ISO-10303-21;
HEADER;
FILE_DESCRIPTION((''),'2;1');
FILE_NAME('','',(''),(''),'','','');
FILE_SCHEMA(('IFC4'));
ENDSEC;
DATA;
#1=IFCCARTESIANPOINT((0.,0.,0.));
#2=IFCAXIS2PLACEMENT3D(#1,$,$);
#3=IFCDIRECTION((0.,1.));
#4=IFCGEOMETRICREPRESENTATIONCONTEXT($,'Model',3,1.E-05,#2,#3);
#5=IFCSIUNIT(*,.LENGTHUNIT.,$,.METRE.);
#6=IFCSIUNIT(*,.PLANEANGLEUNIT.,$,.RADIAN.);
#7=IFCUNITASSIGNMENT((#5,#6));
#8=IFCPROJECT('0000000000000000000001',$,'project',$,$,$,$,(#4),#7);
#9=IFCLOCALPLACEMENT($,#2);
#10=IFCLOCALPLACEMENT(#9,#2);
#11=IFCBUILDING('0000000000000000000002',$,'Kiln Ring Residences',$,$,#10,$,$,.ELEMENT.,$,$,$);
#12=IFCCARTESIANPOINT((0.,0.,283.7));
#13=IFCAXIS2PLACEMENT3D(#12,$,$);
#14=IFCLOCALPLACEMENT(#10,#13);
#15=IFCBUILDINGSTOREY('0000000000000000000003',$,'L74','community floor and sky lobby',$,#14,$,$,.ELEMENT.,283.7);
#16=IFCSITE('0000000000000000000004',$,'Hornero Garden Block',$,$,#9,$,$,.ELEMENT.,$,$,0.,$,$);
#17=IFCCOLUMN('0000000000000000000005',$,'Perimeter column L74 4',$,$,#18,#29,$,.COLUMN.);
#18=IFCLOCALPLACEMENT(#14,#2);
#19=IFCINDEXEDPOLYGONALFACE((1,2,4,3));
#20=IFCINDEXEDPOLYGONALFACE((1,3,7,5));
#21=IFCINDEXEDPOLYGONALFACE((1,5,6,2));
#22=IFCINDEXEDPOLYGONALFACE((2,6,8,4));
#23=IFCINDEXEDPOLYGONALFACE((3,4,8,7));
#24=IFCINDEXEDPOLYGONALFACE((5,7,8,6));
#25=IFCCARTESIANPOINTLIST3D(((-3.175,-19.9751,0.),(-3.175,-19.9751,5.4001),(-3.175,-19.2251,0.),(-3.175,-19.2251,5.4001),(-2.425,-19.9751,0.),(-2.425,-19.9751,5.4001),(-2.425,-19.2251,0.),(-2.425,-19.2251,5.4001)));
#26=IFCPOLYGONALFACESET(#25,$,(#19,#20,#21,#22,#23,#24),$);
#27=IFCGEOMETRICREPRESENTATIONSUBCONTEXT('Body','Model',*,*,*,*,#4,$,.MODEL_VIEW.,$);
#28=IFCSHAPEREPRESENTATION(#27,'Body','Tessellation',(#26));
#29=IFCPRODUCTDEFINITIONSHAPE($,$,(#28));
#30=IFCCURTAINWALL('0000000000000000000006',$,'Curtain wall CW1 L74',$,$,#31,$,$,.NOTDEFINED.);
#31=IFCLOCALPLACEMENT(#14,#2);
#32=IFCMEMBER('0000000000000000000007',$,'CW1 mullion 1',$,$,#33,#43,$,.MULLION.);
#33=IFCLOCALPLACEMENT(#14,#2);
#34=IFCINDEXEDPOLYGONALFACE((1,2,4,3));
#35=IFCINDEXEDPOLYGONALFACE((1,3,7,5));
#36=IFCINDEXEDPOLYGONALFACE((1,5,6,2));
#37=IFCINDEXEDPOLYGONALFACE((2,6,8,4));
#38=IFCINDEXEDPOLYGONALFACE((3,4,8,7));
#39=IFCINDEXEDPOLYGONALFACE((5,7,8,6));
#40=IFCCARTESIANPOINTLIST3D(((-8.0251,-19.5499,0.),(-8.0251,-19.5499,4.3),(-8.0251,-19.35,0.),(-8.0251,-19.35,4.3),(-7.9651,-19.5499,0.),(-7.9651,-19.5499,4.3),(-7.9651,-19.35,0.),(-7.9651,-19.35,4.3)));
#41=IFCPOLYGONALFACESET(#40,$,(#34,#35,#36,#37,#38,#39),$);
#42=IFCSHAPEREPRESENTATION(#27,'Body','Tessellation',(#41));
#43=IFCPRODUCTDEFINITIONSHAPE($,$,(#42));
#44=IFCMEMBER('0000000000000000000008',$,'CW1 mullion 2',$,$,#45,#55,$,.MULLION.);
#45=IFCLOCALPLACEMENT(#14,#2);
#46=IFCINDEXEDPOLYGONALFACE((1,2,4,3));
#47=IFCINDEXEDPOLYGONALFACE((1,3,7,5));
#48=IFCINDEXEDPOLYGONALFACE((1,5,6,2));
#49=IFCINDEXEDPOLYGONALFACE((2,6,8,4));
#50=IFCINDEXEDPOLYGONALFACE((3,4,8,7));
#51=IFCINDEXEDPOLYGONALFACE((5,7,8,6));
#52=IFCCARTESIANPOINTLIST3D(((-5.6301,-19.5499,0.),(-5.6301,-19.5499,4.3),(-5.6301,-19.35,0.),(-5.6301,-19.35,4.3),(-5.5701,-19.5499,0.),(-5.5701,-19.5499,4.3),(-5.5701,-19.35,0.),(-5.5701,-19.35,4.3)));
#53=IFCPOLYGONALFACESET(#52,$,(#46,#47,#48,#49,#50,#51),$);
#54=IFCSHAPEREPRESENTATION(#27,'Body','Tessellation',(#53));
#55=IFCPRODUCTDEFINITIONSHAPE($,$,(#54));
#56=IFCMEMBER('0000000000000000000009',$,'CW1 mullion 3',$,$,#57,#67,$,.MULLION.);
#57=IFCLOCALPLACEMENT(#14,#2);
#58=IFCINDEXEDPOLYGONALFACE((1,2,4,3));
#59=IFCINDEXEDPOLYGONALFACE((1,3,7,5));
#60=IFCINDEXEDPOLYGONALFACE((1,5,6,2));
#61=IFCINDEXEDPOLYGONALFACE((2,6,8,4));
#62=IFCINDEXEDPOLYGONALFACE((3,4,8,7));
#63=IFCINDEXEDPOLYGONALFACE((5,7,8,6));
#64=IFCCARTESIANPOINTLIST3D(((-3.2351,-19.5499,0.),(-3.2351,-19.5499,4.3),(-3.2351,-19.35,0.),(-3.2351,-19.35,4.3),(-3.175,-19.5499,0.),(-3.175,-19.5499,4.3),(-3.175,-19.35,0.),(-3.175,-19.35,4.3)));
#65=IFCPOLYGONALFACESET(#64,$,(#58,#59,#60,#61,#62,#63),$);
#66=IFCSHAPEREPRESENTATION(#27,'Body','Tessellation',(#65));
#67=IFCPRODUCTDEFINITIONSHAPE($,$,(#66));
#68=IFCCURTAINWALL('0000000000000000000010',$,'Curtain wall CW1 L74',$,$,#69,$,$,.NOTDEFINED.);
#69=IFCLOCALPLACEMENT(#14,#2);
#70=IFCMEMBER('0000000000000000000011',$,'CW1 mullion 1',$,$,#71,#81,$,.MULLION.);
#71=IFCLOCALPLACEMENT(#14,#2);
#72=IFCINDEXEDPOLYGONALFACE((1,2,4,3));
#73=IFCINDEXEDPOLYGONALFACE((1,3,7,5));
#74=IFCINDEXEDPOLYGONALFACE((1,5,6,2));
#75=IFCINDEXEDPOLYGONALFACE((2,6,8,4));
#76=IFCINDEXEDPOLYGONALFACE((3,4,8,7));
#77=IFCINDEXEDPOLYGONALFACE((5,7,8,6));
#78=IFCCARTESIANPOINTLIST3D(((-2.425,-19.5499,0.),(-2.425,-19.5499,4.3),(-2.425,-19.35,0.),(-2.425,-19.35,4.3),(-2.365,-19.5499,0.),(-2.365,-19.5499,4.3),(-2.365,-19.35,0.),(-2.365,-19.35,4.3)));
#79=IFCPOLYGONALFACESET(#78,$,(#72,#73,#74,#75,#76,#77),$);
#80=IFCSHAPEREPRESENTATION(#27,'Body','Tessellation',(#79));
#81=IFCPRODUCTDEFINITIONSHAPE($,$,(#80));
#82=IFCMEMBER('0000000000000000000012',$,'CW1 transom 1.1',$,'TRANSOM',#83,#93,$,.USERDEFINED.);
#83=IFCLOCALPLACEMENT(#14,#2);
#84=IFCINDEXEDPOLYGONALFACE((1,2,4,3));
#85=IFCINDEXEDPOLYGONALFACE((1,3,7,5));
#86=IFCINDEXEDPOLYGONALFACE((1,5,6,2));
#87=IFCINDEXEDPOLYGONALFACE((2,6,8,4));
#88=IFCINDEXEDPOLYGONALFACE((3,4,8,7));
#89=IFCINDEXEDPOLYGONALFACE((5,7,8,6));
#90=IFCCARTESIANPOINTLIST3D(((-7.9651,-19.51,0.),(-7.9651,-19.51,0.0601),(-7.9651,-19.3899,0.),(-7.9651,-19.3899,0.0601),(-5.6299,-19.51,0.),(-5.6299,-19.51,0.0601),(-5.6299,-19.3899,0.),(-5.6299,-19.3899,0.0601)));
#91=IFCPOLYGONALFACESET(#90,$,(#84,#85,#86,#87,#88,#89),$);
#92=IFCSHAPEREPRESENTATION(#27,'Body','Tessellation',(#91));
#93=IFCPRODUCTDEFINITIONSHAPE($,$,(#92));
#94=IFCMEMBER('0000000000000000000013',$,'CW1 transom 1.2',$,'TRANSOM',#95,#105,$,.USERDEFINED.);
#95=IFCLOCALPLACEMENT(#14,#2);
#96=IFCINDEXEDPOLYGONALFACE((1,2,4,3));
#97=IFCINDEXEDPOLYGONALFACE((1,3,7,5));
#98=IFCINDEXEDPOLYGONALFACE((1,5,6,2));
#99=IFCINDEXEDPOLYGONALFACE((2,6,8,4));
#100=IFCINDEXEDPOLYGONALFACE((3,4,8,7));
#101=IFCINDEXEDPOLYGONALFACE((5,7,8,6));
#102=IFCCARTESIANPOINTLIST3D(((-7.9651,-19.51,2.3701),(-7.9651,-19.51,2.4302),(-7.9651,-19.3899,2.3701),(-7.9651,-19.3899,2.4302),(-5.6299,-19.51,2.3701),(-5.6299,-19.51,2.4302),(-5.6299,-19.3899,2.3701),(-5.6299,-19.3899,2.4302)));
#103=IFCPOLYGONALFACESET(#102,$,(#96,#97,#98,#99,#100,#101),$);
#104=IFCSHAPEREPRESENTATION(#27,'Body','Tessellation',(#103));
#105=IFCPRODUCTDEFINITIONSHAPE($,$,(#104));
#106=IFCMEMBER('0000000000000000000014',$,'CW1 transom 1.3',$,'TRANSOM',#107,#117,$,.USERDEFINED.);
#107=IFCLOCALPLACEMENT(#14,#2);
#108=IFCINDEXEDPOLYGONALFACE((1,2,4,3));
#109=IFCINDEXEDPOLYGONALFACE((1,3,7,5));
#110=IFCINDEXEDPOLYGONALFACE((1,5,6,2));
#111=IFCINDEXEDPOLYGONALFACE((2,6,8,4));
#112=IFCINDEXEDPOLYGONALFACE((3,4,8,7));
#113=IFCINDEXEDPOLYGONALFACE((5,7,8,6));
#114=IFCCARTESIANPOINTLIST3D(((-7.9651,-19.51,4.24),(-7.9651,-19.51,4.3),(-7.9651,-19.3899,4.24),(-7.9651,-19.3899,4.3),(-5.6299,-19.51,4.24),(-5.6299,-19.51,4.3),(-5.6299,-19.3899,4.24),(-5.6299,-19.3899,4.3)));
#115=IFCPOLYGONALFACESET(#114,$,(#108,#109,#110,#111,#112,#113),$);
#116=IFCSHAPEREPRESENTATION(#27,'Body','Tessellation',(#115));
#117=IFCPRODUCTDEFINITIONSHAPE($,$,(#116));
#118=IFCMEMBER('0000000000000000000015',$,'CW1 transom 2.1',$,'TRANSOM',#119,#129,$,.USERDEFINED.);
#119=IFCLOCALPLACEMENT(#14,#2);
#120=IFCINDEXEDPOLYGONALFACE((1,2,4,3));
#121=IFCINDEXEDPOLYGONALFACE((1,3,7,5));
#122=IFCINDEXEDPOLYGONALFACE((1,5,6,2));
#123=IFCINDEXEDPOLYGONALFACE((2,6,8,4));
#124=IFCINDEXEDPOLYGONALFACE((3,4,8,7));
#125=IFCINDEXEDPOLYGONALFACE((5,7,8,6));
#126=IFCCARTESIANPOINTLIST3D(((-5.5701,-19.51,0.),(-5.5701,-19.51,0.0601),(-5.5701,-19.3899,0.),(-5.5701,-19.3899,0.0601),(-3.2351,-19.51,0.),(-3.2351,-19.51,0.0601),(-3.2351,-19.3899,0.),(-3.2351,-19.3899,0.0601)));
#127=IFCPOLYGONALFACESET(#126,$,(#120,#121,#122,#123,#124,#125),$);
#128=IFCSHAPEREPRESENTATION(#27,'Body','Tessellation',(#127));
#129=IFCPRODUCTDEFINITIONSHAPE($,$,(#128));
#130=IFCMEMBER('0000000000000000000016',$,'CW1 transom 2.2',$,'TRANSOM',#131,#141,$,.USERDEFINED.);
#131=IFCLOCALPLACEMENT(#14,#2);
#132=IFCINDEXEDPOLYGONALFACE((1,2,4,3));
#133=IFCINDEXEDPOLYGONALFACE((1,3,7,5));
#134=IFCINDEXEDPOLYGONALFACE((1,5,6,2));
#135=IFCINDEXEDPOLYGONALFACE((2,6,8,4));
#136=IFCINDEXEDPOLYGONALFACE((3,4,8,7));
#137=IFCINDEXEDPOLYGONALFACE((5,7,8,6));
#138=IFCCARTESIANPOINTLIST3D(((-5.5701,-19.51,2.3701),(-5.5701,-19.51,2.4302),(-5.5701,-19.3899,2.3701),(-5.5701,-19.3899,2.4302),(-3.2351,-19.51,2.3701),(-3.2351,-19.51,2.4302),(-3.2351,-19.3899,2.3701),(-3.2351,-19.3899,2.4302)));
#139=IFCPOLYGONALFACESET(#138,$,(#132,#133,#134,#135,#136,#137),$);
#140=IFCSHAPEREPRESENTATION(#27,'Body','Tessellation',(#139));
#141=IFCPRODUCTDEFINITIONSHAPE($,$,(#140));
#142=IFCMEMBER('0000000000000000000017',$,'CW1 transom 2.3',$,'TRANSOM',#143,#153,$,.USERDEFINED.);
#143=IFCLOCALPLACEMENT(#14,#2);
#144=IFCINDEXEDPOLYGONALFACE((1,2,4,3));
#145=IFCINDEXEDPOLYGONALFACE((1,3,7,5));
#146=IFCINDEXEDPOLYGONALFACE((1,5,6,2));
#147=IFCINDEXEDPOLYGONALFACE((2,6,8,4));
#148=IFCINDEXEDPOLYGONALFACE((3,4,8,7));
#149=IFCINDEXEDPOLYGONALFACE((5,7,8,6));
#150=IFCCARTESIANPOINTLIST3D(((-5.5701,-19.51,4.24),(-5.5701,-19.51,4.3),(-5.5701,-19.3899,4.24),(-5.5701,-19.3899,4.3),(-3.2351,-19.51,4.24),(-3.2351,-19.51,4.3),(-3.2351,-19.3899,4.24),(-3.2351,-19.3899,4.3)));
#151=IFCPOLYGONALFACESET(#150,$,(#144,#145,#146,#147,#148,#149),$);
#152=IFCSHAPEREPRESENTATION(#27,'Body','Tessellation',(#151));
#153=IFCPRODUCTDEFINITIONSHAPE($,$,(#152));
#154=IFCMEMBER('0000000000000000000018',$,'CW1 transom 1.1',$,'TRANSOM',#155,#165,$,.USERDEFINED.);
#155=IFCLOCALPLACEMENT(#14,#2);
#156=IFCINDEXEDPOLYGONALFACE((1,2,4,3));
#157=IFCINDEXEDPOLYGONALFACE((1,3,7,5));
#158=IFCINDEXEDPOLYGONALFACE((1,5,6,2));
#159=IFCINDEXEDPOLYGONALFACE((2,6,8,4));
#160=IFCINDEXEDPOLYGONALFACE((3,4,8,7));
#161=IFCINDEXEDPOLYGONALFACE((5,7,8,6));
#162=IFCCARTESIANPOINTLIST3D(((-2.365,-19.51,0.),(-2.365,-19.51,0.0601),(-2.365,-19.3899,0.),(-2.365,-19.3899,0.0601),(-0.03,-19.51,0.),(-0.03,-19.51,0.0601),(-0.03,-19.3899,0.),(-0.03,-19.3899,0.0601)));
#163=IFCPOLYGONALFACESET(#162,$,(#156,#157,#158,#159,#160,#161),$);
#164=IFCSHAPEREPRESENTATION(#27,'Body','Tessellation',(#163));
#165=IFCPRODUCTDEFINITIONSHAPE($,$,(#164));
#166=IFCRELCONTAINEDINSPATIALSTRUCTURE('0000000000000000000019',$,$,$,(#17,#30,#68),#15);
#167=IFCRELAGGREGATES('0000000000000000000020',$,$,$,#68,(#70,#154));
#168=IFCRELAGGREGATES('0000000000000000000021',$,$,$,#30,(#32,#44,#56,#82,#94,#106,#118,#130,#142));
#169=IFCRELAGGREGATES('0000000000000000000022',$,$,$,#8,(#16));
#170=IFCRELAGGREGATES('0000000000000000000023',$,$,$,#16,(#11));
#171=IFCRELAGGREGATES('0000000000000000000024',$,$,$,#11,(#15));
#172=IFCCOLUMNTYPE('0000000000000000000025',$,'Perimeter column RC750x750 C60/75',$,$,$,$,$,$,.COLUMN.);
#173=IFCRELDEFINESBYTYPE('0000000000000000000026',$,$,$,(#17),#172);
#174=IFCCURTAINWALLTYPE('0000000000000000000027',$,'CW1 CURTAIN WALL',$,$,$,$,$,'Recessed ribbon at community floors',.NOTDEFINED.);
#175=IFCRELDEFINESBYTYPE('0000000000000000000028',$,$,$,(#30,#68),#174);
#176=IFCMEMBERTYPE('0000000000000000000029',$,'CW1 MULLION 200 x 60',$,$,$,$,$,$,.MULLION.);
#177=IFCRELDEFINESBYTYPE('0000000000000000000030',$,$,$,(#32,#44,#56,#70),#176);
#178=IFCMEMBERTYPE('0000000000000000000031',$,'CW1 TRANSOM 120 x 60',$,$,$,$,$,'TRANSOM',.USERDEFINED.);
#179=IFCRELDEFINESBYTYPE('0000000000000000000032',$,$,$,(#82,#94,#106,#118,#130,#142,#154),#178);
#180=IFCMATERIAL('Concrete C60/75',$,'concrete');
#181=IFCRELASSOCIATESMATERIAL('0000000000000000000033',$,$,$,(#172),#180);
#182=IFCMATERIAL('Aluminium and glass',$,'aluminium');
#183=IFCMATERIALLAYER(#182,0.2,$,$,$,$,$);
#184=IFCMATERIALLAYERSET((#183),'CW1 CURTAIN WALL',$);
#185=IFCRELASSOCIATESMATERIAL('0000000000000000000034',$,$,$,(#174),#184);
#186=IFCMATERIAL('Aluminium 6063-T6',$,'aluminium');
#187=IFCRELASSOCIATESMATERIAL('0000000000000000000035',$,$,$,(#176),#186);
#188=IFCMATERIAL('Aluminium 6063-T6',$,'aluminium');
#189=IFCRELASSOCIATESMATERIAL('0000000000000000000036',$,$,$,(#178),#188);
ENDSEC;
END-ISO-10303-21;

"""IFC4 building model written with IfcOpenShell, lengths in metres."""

from ifc_helpers import new_model, si_unit, direction, frame, origin, origin_2d, place, context, subcontext, project, spatial, rectangle, extrude, material, layer, layer_set, material_profile, profile_set, type_object, element, aggregate, save


model = new_model("IFC4")

# Units and contexts
model_context = context("Model", 3, precision=1e-05, world=origin(), true_north=direction((0.0, 1.0)))
body_context = subcontext(model_context, "Body", "Model", "MODEL_VIEW")
ifc_project = project(units=[si_unit("LENGTHUNIT", "METRE"), si_unit("PLANEANGLEUNIT", "RADIAN")], contexts=[model_context])

# Site, building, storey
site_placement = place(None, origin())
site = spatial("IfcSite", under=ifc_project, at=site_placement, Name="Hornero Garden Block", CompositionType="ELEMENT", RefElevation=0.0)
building_placement = place(site_placement, origin())
building = spatial("IfcBuilding", under=site, at=building_placement, Name="Kiln Ring Residences", CompositionType="ELEMENT")
storey_placement = place(building_placement, frame((0.0, 0.0, 283.7)))
storey = spatial("IfcBuildingStorey", under=building, at=storey_placement, Name="L74", Description="community floor and sky lobby", CompositionType="ELEMENT", Elevation=283.7)

# Column
ifc_material_1 = material(Name="Concrete C60/75", Category="concrete")
ifc_material_profile_1 = material_profile(ifc_material_1, rectangle(XDim=0.75, YDim=0.75, at=origin_2d()), Name="RC750x750")
ifc_profile_set_1 = profile_set([ifc_material_profile_1], Name="Concrete C60/75")
column_type = type_object("IfcColumnType", Name="Perimeter column RC750x750 C60/75", PredefinedType="COLUMN", material=ifc_profile_set_1)
column_placement = place(storey_placement, frame((-2.8, -19.6001, 0.0), z_axis=(0.0, 0.0, 1.0), x_axis=(1.0, 0.0, 0.0)))
element("IfcColumn", 1, at=column_placement, inside=storey, type_object=column_type, Name="Perimeter column L74 4", PredefinedType="COLUMN", context=body_context, shape_type="SweptSolid", body=[
    extrude(rectangle(XDim=0.75, YDim=0.75, at=origin_2d()), origin(), (0.0, 0.0, 1.0), 5.4001),
])

# Curtain wall, members
ifc_material_2 = material(Name="Aluminium and glass", Category="aluminium")
ifc_layer_1 = layer(ifc_material_2, 0.2)
ifc_layer_set_1 = layer_set([ifc_layer_1], Name="CW1 CURTAIN WALL")
curtain_wall_type = type_object("IfcCurtainWallType", Name="CW1 CURTAIN WALL", ElementType="Recessed ribbon at community floors", PredefinedType="NOTDEFINED", material=ifc_layer_set_1)
placement = place(storey_placement, origin())
curtain_wall_1 = element("IfcCurtainWall", 2, at=placement, inside=storey, type_object=curtain_wall_type, Name="Curtain wall CW1 L74", PredefinedType="NOTDEFINED")
ifc_material_3 = material(Name="Aluminium 6063-T6", Category="aluminium")
ifc_material_profile_2 = material_profile(ifc_material_3, rectangle(XDim=0.2, YDim=0.0601, at=origin_2d()), Name="AL 200x60")
ifc_profile_set_2 = profile_set([ifc_material_profile_2], Name="Aluminium 6063-T6")
member_type_1 = type_object("IfcMemberType", Name="CW1 MULLION 200 x 60", PredefinedType="MULLION", material=ifc_profile_set_2)
member_1_placement = place(storey_placement, frame((-7.9951, -19.45, 0.0), z_axis=(0.0, 0.0, 1.0), x_axis=(0.0, 1.0, 0.0)))
member_1 = element("IfcMember", 3, at=member_1_placement, type_object=member_type_1, Name="CW1 mullion 1", PredefinedType="MULLION", context=body_context, shape_type="SweptSolid", body=[
    extrude(rectangle(XDim=0.2, YDim=0.0601, at=origin_2d()), origin(), (0.0, 0.0, 1.0), 4.3),
])
member_2_placement = place(storey_placement, frame((-5.6001, -19.45, 0.0), z_axis=(0.0, 0.0, 1.0), x_axis=(0.0, 1.0, 0.0)))
member_2 = element("IfcMember", 4, at=member_2_placement, type_object=member_type_1, Name="CW1 mullion 2", PredefinedType="MULLION", context=body_context, shape_type="SweptSolid", body=[
    extrude(rectangle(XDim=0.2, YDim=0.0601, at=origin_2d()), origin(), (0.0, 0.0, 1.0), 4.3),
])
member_3_placement = place(storey_placement, frame((-3.2051, -19.45, 0.0), z_axis=(0.0, 0.0, 1.0), x_axis=(0.0, 1.0, 0.0)))
member_3 = element("IfcMember", 5, at=member_3_placement, type_object=member_type_1, Name="CW1 mullion 3", PredefinedType="MULLION", context=body_context, shape_type="SweptSolid", body=[
    extrude(rectangle(XDim=0.2, YDim=0.0601, at=origin_2d()), origin(), (0.0, 0.0, 1.0), 4.3),
])

# Curtain wall, member
curtain_wall_2 = element("IfcCurtainWall", 6, at=placement, inside=storey, type_object=curtain_wall_type, Name="Curtain wall CW1 L74", PredefinedType="NOTDEFINED")
member_4_placement = place(storey_placement, frame((-2.395, -19.45, 0.0), z_axis=(0.0, 0.0, 1.0), x_axis=(0.0, 1.0, 0.0)))
member_4 = element("IfcMember", 7, at=member_4_placement, type_object=member_type_1, Name="CW1 mullion 1", PredefinedType="MULLION", context=body_context, shape_type="SweptSolid", body=[
    extrude(rectangle(XDim=0.2, YDim=0.0601, at=origin_2d()), origin(), (0.0, 0.0, 1.0), 4.3),
])

# Members
ifc_material_4 = material(Name="Aluminium 6063-T6", Category="aluminium")
ifc_material_profile_3 = material_profile(ifc_material_4, rectangle(XDim=0.1201, YDim=0.0601, at=origin_2d()), Name="AL 120x60")
ifc_profile_set_3 = profile_set([ifc_material_profile_3], Name="Aluminium 6063-T6")
member_type_2 = type_object("IfcMemberType", Name="CW1 TRANSOM 120 x 60", ElementType="TRANSOM", PredefinedType="USERDEFINED", material=ifc_profile_set_3)
member_5_placement = place(storey_placement, frame((-7.9651, -19.45, 0.03), z_axis=(1.0, 0.0, 0.0), x_axis=(0.0, 1.0, 0.0)))
member_5 = element("IfcMember", 8, at=member_5_placement, type_object=member_type_2, Name="CW1 transom 1.1", ObjectType="TRANSOM", PredefinedType="USERDEFINED", context=body_context, shape_type="SweptSolid", body=[
    extrude(rectangle(XDim=0.1201, YDim=0.0601, at=origin_2d()), origin(), (0.0, 0.0, 1.0), 2.3352),
])
member_6_placement = place(storey_placement, frame((-7.9651, -19.45, 2.4001), z_axis=(1.0, 0.0, 0.0), x_axis=(0.0, 1.0, 0.0)))
member_6 = element("IfcMember", 9, at=member_6_placement, type_object=member_type_2, Name="CW1 transom 1.2", ObjectType="TRANSOM", PredefinedType="USERDEFINED", context=body_context, shape_type="SweptSolid", body=[
    extrude(rectangle(XDim=0.1201, YDim=0.0601, at=origin_2d()), origin(), (0.0, 0.0, 1.0), 2.3352),
])
member_7_placement = place(storey_placement, frame((-7.9651, -19.45, 4.27), z_axis=(1.0, 0.0, 0.0), x_axis=(0.0, 1.0, 0.0)))
member_7 = element("IfcMember", 10, at=member_7_placement, type_object=member_type_2, Name="CW1 transom 1.3", ObjectType="TRANSOM", PredefinedType="USERDEFINED", context=body_context, shape_type="SweptSolid", body=[
    extrude(rectangle(XDim=0.1201, YDim=0.0601, at=origin_2d()), origin(), (0.0, 0.0, 1.0), 2.3352),
])
member_8_placement = place(storey_placement, frame((-5.5701, -19.45, 0.03), z_axis=(1.0, 0.0, 0.0), x_axis=(0.0, 1.0, 0.0)))
member_8 = element("IfcMember", 11, at=member_8_placement, type_object=member_type_2, Name="CW1 transom 2.1", ObjectType="TRANSOM", PredefinedType="USERDEFINED", context=body_context, shape_type="SweptSolid", body=[
    extrude(rectangle(XDim=0.1201, YDim=0.0601, at=origin_2d()), origin(), (0.0, 0.0, 1.0), 2.335),
])
member_9_placement = place(storey_placement, frame((-5.5701, -19.45, 2.4001), z_axis=(1.0, 0.0, 0.0), x_axis=(0.0, 1.0, 0.0)))
member_9 = element("IfcMember", 12, at=member_9_placement, type_object=member_type_2, Name="CW1 transom 2.2", ObjectType="TRANSOM", PredefinedType="USERDEFINED", context=body_context, shape_type="SweptSolid", body=[
    extrude(rectangle(XDim=0.1201, YDim=0.0601, at=origin_2d()), origin(), (0.0, 0.0, 1.0), 2.335),
])
member_10_placement = place(storey_placement, frame((-5.5701, -19.45, 4.27), z_axis=(1.0, 0.0, 0.0), x_axis=(0.0, 1.0, 0.0)))
member_10 = element("IfcMember", 13, at=member_10_placement, type_object=member_type_2, Name="CW1 transom 2.3", ObjectType="TRANSOM", PredefinedType="USERDEFINED", context=body_context, shape_type="SweptSolid", body=[
    extrude(rectangle(XDim=0.1201, YDim=0.0601, at=origin_2d()), origin(), (0.0, 0.0, 1.0), 2.335),
])
member_11_placement = place(storey_placement, frame((-2.365, -19.45, 0.03), z_axis=(1.0, 0.0, 0.0), x_axis=(0.0, 1.0, 0.0)))
member_11 = element("IfcMember", 14, at=member_11_placement, type_object=member_type_2, Name="CW1 transom 1.1", ObjectType="TRANSOM", PredefinedType="USERDEFINED", context=body_context, shape_type="SweptSolid", body=[
    extrude(rectangle(XDim=0.1201, YDim=0.0601, at=origin_2d()), origin(), (0.0, 0.0, 1.0), 2.335),
])
aggregate(curtain_wall_2, [member_4, member_11])

aggregate(curtain_wall_1, [member_1, member_2, member_3, member_5, member_6, member_7, member_8, member_9, member_10])

save(model, "model.ifc")
